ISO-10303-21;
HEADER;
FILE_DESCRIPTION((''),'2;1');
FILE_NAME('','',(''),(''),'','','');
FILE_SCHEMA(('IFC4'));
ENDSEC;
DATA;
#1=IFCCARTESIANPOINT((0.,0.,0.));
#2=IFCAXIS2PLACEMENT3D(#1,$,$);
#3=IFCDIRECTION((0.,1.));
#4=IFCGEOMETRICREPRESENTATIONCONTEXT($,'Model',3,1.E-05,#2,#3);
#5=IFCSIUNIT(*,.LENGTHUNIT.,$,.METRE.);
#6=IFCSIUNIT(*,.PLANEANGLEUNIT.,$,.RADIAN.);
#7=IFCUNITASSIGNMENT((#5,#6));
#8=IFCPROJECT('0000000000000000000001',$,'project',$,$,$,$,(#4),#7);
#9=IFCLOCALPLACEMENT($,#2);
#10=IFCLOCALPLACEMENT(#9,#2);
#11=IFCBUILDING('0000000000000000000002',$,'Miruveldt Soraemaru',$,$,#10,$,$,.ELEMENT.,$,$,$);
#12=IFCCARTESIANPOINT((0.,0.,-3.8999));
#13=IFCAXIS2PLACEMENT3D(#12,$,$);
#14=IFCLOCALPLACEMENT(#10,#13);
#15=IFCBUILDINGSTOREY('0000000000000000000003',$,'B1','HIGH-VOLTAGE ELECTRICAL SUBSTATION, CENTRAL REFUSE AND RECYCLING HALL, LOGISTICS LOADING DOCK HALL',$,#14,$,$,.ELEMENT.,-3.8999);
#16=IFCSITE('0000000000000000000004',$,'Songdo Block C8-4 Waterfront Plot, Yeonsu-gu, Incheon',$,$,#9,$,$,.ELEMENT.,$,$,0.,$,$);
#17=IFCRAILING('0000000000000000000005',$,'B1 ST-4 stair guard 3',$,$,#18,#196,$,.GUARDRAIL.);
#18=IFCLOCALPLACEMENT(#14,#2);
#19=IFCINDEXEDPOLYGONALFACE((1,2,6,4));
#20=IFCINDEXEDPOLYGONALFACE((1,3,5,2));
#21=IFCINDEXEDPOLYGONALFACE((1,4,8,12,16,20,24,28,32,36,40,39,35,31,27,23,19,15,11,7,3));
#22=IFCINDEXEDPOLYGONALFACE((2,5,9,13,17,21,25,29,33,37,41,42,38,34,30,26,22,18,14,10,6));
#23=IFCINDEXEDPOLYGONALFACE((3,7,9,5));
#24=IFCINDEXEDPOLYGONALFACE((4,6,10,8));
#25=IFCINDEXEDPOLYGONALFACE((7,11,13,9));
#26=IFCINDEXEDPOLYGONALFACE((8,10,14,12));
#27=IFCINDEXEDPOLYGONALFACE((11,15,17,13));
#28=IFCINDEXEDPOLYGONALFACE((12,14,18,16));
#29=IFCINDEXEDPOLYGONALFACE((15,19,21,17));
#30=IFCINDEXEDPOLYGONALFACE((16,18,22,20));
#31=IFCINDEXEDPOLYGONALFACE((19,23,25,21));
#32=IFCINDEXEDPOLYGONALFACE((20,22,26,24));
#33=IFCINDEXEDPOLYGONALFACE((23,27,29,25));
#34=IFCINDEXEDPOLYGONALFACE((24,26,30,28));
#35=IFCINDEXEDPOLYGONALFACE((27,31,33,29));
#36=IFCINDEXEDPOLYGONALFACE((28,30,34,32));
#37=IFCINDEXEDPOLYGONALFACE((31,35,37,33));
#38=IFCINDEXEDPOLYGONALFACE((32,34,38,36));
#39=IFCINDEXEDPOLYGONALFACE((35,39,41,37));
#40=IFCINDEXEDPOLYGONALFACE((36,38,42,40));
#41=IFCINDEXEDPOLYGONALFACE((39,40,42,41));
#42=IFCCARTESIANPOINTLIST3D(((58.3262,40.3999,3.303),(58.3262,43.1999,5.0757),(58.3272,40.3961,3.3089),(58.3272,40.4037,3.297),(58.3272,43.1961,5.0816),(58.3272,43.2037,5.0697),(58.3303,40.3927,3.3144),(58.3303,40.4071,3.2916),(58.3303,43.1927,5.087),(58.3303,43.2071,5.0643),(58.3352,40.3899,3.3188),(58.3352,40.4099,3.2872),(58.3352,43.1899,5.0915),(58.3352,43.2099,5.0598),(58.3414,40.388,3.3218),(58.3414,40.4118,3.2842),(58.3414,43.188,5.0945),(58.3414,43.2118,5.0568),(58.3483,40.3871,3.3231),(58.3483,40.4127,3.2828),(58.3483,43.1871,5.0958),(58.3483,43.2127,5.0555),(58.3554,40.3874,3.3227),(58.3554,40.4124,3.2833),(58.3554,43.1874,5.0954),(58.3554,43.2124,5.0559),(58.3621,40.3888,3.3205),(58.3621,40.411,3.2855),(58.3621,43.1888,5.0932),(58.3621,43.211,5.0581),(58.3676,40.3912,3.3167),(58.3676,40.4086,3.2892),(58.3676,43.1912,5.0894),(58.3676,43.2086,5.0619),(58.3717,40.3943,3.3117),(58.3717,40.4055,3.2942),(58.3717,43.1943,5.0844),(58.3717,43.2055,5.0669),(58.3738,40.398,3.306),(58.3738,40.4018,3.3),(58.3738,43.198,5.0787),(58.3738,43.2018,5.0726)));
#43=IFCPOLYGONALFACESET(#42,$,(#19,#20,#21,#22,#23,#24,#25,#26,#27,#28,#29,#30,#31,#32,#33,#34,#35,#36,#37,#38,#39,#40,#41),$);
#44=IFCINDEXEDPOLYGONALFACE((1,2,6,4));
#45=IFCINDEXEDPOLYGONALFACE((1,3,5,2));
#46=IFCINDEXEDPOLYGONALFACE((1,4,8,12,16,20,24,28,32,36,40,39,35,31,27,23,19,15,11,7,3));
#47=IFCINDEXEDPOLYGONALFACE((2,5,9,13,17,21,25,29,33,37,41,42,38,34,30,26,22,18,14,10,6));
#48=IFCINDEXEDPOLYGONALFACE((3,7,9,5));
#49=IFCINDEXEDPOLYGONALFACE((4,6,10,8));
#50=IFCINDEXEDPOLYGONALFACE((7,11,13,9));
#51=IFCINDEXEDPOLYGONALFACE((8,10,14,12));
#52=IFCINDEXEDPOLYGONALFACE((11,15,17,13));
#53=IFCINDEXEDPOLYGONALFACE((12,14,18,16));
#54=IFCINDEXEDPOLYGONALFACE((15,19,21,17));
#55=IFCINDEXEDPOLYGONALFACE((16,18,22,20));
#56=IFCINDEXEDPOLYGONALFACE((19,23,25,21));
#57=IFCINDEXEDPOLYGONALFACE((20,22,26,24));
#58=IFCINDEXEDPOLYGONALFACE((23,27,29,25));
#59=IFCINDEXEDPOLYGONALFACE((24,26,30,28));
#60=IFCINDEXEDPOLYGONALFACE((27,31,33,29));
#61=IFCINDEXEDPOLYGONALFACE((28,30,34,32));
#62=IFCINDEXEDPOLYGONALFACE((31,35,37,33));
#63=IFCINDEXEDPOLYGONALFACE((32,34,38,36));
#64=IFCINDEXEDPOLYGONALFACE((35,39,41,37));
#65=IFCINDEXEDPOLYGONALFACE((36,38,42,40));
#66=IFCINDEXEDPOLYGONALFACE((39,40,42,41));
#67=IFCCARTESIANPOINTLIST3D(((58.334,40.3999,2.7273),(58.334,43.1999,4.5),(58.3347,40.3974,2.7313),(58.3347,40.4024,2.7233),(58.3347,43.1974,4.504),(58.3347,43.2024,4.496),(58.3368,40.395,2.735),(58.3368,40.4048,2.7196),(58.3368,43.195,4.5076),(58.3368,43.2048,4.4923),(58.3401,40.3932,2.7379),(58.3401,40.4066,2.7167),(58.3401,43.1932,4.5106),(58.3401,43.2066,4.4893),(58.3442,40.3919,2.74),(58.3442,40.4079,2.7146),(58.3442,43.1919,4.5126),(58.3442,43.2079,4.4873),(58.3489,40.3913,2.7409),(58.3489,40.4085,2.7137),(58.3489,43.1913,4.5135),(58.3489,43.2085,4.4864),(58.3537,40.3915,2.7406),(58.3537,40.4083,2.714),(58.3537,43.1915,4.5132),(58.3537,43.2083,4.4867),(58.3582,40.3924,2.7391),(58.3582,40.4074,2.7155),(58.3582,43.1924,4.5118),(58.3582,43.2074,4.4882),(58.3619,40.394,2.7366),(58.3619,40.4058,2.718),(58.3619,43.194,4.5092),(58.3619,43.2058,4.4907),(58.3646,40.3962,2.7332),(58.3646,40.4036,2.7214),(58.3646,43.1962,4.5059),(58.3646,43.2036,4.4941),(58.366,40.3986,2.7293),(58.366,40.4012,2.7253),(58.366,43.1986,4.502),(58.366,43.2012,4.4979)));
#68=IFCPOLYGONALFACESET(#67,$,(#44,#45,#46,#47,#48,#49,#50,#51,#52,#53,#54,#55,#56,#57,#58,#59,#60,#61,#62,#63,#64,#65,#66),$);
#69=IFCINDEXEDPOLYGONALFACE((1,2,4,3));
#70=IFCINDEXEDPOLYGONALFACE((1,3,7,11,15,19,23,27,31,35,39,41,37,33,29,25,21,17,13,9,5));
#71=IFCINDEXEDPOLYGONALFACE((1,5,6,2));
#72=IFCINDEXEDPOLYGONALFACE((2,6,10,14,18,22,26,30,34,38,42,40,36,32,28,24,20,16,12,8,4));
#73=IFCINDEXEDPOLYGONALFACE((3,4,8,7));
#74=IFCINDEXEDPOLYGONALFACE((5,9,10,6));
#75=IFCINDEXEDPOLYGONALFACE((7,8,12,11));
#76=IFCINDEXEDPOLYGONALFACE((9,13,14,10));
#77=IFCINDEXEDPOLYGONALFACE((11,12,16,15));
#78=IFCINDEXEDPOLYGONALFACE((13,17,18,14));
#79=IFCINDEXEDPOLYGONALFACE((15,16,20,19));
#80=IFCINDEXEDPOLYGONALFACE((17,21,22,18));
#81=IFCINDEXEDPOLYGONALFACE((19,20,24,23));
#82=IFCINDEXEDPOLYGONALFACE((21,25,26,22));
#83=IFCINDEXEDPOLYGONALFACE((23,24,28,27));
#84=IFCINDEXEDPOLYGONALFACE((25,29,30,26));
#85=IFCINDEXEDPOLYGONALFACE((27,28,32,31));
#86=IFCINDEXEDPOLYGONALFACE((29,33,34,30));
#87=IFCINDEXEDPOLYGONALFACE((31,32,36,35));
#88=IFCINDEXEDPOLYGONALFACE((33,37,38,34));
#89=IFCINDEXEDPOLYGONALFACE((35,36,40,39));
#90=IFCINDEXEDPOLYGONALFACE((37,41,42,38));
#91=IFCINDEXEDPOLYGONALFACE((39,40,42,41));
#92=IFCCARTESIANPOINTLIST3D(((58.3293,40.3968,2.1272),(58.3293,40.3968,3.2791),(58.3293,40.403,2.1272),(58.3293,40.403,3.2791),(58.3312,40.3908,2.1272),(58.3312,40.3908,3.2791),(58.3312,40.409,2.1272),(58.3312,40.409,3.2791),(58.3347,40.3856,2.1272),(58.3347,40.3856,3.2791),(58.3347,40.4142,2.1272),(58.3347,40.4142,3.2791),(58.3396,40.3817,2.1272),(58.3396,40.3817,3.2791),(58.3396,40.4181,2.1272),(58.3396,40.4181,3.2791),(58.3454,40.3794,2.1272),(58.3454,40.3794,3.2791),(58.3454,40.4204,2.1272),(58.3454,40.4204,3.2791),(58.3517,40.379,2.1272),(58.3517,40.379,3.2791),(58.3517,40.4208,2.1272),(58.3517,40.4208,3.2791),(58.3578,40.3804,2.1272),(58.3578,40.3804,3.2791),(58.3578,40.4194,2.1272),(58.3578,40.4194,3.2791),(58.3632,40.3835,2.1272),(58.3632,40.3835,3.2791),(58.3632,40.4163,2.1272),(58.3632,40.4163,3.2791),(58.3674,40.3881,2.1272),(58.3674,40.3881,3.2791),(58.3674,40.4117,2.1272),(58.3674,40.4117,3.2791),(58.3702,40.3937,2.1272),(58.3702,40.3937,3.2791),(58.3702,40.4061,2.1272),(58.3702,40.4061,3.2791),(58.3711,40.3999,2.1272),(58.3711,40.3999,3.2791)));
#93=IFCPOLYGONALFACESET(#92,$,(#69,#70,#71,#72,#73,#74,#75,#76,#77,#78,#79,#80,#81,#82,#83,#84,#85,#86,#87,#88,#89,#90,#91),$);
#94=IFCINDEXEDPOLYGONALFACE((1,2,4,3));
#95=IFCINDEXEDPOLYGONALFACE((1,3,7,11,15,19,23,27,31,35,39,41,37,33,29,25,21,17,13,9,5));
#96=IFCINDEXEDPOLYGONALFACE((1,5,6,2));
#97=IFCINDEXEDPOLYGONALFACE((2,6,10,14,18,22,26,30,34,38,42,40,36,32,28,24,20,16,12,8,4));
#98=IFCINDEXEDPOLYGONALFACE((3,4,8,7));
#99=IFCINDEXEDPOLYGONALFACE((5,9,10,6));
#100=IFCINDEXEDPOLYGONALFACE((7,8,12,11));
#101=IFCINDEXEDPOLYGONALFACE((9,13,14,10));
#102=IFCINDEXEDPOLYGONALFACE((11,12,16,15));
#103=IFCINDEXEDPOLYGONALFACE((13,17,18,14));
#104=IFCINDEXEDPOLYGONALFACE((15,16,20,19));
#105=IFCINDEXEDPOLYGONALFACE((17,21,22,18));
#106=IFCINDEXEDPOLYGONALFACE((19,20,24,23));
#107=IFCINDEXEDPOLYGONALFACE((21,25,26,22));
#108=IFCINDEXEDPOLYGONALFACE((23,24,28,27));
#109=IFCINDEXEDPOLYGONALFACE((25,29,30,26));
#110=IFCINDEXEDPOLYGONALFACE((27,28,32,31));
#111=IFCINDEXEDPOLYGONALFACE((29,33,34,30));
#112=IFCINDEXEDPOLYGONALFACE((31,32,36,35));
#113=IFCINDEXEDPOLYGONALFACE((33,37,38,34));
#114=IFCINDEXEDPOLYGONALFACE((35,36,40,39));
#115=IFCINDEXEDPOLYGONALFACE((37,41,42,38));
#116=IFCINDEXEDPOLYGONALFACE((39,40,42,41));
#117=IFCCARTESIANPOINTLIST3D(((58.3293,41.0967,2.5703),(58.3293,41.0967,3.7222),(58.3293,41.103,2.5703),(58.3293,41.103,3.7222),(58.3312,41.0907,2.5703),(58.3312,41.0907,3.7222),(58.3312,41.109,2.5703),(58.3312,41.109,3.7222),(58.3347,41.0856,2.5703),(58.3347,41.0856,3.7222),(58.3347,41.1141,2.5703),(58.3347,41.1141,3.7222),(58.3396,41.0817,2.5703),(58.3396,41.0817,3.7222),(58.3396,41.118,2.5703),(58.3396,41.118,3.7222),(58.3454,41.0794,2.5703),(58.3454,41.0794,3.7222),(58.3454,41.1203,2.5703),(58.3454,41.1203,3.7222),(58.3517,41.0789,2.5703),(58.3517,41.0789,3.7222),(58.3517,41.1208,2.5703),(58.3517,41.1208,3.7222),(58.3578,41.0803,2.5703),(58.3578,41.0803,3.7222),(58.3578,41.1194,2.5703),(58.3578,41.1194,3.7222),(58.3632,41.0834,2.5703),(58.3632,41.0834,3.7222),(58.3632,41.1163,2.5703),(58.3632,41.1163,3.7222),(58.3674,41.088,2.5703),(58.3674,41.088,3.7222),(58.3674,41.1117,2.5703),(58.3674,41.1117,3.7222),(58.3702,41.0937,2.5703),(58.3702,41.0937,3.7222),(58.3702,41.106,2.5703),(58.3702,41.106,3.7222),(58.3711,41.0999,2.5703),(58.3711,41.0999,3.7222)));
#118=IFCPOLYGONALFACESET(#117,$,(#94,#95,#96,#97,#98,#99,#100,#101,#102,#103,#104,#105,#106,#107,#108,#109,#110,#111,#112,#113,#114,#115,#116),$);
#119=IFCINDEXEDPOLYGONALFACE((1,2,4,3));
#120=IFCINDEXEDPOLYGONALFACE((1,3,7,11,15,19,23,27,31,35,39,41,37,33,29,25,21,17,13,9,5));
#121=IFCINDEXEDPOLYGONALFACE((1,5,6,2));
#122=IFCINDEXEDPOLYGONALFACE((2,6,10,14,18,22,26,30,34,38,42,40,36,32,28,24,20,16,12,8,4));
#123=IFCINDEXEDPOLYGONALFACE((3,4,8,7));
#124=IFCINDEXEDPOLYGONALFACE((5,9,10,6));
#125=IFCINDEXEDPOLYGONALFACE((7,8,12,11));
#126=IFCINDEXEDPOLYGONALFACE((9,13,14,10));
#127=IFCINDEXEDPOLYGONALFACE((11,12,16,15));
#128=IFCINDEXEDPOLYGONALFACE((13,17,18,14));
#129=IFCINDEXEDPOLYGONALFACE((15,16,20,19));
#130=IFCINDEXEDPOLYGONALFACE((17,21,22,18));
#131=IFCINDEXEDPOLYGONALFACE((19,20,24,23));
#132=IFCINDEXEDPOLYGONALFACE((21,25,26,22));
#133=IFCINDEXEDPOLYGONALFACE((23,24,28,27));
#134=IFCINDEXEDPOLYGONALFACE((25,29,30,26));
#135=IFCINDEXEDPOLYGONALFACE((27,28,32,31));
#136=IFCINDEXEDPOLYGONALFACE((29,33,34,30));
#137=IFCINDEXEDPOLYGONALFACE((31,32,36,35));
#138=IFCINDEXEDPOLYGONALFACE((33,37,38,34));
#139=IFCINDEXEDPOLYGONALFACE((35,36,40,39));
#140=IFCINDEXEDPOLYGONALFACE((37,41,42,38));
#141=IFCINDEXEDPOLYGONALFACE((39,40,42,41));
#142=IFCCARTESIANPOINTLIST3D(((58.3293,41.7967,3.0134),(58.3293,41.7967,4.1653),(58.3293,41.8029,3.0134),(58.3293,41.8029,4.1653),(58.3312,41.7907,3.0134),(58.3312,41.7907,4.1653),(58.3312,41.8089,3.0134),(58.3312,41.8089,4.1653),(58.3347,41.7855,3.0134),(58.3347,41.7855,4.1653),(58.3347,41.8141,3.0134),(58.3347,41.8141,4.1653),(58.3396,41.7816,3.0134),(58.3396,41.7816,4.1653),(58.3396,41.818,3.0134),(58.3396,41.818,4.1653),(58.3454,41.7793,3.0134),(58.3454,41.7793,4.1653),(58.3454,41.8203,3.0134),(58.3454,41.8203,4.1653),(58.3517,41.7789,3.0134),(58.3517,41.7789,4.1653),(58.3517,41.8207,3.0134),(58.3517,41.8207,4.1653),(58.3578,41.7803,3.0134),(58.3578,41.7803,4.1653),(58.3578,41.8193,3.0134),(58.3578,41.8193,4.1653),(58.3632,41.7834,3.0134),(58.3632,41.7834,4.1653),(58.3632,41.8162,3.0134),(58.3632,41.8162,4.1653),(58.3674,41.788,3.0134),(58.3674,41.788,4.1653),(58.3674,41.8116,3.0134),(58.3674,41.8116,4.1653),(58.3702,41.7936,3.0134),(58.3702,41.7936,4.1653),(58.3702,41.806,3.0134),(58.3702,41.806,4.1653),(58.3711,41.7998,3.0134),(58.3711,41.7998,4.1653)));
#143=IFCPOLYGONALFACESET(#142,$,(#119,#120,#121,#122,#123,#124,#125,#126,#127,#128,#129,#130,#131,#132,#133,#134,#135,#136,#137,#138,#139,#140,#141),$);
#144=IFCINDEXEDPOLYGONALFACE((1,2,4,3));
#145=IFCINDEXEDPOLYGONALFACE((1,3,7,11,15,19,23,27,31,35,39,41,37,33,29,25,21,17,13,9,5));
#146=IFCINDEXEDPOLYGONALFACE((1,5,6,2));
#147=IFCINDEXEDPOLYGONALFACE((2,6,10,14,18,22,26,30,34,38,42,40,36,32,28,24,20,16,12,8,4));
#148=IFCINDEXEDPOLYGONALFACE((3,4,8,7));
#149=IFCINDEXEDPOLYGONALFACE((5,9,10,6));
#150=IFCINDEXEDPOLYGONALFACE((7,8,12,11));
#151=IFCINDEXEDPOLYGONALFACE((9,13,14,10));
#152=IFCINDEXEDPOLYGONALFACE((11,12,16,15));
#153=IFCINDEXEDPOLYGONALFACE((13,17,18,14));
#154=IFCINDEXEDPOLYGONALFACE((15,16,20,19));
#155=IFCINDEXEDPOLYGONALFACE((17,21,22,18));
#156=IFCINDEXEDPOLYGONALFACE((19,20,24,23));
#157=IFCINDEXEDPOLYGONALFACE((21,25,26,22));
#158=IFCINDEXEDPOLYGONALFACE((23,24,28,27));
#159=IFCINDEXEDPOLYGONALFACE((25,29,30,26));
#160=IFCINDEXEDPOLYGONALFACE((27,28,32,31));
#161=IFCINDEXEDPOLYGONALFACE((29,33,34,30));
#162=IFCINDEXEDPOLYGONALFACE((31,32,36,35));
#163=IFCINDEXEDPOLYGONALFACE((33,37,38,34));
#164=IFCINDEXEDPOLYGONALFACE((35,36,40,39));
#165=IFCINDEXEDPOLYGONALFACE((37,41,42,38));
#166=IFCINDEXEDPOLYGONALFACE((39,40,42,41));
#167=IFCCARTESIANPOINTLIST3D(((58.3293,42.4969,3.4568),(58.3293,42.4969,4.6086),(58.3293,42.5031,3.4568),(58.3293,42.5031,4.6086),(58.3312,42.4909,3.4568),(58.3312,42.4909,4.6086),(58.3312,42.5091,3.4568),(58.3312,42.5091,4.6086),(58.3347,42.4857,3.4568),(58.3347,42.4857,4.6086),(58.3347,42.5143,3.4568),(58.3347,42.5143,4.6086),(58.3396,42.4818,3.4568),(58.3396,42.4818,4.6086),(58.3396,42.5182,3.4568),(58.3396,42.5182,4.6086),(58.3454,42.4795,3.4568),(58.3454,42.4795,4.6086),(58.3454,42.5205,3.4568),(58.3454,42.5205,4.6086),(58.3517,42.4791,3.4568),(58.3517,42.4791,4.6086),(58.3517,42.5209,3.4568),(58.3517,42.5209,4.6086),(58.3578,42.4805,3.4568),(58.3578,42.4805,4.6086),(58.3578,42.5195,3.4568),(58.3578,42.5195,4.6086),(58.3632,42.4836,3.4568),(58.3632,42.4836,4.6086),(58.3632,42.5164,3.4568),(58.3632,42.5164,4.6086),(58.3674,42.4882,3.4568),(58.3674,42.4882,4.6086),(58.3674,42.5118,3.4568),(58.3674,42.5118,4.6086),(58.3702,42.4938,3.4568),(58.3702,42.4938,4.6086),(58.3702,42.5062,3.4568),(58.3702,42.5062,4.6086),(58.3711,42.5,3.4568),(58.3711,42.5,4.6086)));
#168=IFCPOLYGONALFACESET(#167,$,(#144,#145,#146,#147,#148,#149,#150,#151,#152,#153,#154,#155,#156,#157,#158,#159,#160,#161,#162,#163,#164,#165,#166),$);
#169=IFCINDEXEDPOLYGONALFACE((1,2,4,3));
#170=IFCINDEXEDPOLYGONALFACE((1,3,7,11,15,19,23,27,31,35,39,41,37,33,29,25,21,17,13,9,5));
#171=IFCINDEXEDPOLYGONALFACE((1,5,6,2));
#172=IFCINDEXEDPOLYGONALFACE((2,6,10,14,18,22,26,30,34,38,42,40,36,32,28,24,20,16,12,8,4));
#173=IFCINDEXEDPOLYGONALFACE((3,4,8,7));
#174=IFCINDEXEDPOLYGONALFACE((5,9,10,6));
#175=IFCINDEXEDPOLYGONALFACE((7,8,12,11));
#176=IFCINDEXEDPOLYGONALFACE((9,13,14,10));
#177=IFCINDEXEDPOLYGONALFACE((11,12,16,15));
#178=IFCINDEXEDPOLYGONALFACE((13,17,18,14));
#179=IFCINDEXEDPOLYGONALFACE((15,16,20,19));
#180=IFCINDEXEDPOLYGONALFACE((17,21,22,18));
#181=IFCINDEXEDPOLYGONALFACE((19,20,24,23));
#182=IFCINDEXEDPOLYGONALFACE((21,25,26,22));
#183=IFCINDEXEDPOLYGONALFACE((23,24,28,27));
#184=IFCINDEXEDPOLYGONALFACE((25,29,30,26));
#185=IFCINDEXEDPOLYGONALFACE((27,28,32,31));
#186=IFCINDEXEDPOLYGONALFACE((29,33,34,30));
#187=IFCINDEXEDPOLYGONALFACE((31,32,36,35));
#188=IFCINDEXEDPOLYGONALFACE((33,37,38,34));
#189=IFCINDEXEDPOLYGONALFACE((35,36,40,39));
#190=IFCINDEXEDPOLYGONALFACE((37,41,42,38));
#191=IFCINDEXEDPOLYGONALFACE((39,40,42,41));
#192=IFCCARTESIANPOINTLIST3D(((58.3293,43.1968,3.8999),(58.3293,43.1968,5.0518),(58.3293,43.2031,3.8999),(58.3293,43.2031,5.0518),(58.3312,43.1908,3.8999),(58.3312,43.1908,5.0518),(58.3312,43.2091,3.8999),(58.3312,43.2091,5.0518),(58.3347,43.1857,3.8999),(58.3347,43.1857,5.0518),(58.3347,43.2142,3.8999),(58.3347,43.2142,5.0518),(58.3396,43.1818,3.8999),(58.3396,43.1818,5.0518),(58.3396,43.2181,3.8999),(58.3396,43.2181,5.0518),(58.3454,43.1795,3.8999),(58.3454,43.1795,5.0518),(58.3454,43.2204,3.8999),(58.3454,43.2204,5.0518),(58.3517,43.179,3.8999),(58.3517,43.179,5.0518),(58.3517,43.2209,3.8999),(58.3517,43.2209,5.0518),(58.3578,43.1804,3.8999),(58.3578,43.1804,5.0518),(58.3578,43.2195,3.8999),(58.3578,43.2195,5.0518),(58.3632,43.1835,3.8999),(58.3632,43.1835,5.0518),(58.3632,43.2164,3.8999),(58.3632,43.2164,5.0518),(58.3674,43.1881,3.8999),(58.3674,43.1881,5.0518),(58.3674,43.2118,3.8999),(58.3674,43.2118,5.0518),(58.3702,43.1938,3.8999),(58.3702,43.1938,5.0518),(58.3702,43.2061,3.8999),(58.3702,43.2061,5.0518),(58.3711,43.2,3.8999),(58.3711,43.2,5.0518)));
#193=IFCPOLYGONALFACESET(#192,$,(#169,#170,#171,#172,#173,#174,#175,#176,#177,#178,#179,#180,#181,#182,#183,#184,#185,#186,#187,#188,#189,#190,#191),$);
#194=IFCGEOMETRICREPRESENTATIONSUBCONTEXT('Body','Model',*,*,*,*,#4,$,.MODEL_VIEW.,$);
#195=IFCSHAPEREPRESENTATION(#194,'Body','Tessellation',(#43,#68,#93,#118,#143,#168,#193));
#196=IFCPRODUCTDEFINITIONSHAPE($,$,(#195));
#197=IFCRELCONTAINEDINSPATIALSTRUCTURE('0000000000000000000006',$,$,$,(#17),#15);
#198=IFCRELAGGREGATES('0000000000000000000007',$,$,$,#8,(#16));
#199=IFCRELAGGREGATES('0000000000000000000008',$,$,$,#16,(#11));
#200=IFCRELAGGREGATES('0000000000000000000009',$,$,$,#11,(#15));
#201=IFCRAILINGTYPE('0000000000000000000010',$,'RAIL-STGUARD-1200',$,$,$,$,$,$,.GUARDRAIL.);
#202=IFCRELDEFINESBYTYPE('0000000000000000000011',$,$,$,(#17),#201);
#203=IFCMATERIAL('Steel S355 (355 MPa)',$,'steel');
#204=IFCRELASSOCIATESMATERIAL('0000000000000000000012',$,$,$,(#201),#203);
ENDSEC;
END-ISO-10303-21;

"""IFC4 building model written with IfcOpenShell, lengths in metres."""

from ifc_helpers import new_model, si_unit, direction, frame, origin, origin_2d, place, context, subcontext, project, spatial, circle, extrude, material, type_object, element, save


model = new_model("IFC4")

# Units and contexts
model_context = context("Model", 3, precision=1e-05, world=origin(), true_north=direction((0.0, 1.0)))
body_context = subcontext(model_context, "Body", "Model", "MODEL_VIEW")
ifc_project = project(units=[si_unit("LENGTHUNIT", "METRE"), si_unit("PLANEANGLEUNIT", "RADIAN")], contexts=[model_context])

# Site, building, storey
site_placement = place(None, origin())
site = spatial("IfcSite", under=ifc_project, at=site_placement, Name="Songdo Block C8-4 Waterfront Plot, Yeonsu-gu, Incheon", CompositionType="ELEMENT", RefElevation=0.0)
building_placement = place(site_placement, origin())
building = spatial("IfcBuilding", under=site, at=building_placement, Name="Miruveldt Soraemaru", CompositionType="ELEMENT")
storey_placement = place(building_placement, frame((0.0, 0.0, -3.8999)))
storey = spatial("IfcBuildingStorey", under=building, at=storey_placement, Name="B1", Description="HIGH-VOLTAGE ELECTRICAL SUBSTATION, CENTRAL REFUSE AND RECYCLING HALL, LOGISTICS LOADING DOCK HALL", CompositionType="ELEMENT", Elevation=-3.8999)

# Shared definitions
ifc_material_1 = material(Name="Steel S355 (355 MPa)", Category="steel")

# Railing
railing_type_1 = type_object("IfcRailingType", Name="RAIL-STGUARD-1200", PredefinedType="GUARDRAIL", material=ifc_material_1)
railing_1_placement = place(storey_placement, frame((58.3501, 40.3999, 2.1272)))
element("IfcRailing", 1, at=railing_1_placement, inside=storey, type_object=railing_type_1, Name="B1 ST-4 stair guard 3", PredefinedType="GUARDRAIL", context=body_context, shape_type="SweptSolid", body=[
    extrude(circle(Radius=0.0239, at=origin_2d()), frame((0.0, 0.0, 1.1758), z_axis=(0.0, 0.844909, 0.53491), x_axis=(-1.0, 0.0, 0.0)), (0.0, 0.0, 1.0), 3.314),
    extrude(circle(Radius=0.0161, at=origin_2d()), frame((0.0, 0.0, 0.6001), z_axis=(0.0, 0.844909, 0.53491), x_axis=(-1.0, 0.0, 0.0)), (0.0, 0.0, 1.0), 3.314),
    extrude(circle(Radius=0.021, at=origin_2d()), origin(), (0.0, 0.0, 1.0), 1.1519),
    extrude(circle(Radius=0.021, at=origin_2d()), frame((0.0, 0.7, 0.4431)), (0.0, 0.0, 1.0), 1.1519),
    extrude(circle(Radius=0.021, at=origin_2d()), frame((0.0, 1.3999, 0.8862)), (0.0, 0.0, 1.0), 1.1519),
    extrude(circle(Radius=0.021, at=origin_2d()), frame((0.0, 2.1001, 1.3296)), (0.0, 0.0, 1.0), 1.1519),
    extrude(circle(Radius=0.021, at=origin_2d()), frame((0.0, 2.8, 1.7727)), (0.0, 0.0, 1.0), 1.1519),
])

save(model, "model.ifc")
